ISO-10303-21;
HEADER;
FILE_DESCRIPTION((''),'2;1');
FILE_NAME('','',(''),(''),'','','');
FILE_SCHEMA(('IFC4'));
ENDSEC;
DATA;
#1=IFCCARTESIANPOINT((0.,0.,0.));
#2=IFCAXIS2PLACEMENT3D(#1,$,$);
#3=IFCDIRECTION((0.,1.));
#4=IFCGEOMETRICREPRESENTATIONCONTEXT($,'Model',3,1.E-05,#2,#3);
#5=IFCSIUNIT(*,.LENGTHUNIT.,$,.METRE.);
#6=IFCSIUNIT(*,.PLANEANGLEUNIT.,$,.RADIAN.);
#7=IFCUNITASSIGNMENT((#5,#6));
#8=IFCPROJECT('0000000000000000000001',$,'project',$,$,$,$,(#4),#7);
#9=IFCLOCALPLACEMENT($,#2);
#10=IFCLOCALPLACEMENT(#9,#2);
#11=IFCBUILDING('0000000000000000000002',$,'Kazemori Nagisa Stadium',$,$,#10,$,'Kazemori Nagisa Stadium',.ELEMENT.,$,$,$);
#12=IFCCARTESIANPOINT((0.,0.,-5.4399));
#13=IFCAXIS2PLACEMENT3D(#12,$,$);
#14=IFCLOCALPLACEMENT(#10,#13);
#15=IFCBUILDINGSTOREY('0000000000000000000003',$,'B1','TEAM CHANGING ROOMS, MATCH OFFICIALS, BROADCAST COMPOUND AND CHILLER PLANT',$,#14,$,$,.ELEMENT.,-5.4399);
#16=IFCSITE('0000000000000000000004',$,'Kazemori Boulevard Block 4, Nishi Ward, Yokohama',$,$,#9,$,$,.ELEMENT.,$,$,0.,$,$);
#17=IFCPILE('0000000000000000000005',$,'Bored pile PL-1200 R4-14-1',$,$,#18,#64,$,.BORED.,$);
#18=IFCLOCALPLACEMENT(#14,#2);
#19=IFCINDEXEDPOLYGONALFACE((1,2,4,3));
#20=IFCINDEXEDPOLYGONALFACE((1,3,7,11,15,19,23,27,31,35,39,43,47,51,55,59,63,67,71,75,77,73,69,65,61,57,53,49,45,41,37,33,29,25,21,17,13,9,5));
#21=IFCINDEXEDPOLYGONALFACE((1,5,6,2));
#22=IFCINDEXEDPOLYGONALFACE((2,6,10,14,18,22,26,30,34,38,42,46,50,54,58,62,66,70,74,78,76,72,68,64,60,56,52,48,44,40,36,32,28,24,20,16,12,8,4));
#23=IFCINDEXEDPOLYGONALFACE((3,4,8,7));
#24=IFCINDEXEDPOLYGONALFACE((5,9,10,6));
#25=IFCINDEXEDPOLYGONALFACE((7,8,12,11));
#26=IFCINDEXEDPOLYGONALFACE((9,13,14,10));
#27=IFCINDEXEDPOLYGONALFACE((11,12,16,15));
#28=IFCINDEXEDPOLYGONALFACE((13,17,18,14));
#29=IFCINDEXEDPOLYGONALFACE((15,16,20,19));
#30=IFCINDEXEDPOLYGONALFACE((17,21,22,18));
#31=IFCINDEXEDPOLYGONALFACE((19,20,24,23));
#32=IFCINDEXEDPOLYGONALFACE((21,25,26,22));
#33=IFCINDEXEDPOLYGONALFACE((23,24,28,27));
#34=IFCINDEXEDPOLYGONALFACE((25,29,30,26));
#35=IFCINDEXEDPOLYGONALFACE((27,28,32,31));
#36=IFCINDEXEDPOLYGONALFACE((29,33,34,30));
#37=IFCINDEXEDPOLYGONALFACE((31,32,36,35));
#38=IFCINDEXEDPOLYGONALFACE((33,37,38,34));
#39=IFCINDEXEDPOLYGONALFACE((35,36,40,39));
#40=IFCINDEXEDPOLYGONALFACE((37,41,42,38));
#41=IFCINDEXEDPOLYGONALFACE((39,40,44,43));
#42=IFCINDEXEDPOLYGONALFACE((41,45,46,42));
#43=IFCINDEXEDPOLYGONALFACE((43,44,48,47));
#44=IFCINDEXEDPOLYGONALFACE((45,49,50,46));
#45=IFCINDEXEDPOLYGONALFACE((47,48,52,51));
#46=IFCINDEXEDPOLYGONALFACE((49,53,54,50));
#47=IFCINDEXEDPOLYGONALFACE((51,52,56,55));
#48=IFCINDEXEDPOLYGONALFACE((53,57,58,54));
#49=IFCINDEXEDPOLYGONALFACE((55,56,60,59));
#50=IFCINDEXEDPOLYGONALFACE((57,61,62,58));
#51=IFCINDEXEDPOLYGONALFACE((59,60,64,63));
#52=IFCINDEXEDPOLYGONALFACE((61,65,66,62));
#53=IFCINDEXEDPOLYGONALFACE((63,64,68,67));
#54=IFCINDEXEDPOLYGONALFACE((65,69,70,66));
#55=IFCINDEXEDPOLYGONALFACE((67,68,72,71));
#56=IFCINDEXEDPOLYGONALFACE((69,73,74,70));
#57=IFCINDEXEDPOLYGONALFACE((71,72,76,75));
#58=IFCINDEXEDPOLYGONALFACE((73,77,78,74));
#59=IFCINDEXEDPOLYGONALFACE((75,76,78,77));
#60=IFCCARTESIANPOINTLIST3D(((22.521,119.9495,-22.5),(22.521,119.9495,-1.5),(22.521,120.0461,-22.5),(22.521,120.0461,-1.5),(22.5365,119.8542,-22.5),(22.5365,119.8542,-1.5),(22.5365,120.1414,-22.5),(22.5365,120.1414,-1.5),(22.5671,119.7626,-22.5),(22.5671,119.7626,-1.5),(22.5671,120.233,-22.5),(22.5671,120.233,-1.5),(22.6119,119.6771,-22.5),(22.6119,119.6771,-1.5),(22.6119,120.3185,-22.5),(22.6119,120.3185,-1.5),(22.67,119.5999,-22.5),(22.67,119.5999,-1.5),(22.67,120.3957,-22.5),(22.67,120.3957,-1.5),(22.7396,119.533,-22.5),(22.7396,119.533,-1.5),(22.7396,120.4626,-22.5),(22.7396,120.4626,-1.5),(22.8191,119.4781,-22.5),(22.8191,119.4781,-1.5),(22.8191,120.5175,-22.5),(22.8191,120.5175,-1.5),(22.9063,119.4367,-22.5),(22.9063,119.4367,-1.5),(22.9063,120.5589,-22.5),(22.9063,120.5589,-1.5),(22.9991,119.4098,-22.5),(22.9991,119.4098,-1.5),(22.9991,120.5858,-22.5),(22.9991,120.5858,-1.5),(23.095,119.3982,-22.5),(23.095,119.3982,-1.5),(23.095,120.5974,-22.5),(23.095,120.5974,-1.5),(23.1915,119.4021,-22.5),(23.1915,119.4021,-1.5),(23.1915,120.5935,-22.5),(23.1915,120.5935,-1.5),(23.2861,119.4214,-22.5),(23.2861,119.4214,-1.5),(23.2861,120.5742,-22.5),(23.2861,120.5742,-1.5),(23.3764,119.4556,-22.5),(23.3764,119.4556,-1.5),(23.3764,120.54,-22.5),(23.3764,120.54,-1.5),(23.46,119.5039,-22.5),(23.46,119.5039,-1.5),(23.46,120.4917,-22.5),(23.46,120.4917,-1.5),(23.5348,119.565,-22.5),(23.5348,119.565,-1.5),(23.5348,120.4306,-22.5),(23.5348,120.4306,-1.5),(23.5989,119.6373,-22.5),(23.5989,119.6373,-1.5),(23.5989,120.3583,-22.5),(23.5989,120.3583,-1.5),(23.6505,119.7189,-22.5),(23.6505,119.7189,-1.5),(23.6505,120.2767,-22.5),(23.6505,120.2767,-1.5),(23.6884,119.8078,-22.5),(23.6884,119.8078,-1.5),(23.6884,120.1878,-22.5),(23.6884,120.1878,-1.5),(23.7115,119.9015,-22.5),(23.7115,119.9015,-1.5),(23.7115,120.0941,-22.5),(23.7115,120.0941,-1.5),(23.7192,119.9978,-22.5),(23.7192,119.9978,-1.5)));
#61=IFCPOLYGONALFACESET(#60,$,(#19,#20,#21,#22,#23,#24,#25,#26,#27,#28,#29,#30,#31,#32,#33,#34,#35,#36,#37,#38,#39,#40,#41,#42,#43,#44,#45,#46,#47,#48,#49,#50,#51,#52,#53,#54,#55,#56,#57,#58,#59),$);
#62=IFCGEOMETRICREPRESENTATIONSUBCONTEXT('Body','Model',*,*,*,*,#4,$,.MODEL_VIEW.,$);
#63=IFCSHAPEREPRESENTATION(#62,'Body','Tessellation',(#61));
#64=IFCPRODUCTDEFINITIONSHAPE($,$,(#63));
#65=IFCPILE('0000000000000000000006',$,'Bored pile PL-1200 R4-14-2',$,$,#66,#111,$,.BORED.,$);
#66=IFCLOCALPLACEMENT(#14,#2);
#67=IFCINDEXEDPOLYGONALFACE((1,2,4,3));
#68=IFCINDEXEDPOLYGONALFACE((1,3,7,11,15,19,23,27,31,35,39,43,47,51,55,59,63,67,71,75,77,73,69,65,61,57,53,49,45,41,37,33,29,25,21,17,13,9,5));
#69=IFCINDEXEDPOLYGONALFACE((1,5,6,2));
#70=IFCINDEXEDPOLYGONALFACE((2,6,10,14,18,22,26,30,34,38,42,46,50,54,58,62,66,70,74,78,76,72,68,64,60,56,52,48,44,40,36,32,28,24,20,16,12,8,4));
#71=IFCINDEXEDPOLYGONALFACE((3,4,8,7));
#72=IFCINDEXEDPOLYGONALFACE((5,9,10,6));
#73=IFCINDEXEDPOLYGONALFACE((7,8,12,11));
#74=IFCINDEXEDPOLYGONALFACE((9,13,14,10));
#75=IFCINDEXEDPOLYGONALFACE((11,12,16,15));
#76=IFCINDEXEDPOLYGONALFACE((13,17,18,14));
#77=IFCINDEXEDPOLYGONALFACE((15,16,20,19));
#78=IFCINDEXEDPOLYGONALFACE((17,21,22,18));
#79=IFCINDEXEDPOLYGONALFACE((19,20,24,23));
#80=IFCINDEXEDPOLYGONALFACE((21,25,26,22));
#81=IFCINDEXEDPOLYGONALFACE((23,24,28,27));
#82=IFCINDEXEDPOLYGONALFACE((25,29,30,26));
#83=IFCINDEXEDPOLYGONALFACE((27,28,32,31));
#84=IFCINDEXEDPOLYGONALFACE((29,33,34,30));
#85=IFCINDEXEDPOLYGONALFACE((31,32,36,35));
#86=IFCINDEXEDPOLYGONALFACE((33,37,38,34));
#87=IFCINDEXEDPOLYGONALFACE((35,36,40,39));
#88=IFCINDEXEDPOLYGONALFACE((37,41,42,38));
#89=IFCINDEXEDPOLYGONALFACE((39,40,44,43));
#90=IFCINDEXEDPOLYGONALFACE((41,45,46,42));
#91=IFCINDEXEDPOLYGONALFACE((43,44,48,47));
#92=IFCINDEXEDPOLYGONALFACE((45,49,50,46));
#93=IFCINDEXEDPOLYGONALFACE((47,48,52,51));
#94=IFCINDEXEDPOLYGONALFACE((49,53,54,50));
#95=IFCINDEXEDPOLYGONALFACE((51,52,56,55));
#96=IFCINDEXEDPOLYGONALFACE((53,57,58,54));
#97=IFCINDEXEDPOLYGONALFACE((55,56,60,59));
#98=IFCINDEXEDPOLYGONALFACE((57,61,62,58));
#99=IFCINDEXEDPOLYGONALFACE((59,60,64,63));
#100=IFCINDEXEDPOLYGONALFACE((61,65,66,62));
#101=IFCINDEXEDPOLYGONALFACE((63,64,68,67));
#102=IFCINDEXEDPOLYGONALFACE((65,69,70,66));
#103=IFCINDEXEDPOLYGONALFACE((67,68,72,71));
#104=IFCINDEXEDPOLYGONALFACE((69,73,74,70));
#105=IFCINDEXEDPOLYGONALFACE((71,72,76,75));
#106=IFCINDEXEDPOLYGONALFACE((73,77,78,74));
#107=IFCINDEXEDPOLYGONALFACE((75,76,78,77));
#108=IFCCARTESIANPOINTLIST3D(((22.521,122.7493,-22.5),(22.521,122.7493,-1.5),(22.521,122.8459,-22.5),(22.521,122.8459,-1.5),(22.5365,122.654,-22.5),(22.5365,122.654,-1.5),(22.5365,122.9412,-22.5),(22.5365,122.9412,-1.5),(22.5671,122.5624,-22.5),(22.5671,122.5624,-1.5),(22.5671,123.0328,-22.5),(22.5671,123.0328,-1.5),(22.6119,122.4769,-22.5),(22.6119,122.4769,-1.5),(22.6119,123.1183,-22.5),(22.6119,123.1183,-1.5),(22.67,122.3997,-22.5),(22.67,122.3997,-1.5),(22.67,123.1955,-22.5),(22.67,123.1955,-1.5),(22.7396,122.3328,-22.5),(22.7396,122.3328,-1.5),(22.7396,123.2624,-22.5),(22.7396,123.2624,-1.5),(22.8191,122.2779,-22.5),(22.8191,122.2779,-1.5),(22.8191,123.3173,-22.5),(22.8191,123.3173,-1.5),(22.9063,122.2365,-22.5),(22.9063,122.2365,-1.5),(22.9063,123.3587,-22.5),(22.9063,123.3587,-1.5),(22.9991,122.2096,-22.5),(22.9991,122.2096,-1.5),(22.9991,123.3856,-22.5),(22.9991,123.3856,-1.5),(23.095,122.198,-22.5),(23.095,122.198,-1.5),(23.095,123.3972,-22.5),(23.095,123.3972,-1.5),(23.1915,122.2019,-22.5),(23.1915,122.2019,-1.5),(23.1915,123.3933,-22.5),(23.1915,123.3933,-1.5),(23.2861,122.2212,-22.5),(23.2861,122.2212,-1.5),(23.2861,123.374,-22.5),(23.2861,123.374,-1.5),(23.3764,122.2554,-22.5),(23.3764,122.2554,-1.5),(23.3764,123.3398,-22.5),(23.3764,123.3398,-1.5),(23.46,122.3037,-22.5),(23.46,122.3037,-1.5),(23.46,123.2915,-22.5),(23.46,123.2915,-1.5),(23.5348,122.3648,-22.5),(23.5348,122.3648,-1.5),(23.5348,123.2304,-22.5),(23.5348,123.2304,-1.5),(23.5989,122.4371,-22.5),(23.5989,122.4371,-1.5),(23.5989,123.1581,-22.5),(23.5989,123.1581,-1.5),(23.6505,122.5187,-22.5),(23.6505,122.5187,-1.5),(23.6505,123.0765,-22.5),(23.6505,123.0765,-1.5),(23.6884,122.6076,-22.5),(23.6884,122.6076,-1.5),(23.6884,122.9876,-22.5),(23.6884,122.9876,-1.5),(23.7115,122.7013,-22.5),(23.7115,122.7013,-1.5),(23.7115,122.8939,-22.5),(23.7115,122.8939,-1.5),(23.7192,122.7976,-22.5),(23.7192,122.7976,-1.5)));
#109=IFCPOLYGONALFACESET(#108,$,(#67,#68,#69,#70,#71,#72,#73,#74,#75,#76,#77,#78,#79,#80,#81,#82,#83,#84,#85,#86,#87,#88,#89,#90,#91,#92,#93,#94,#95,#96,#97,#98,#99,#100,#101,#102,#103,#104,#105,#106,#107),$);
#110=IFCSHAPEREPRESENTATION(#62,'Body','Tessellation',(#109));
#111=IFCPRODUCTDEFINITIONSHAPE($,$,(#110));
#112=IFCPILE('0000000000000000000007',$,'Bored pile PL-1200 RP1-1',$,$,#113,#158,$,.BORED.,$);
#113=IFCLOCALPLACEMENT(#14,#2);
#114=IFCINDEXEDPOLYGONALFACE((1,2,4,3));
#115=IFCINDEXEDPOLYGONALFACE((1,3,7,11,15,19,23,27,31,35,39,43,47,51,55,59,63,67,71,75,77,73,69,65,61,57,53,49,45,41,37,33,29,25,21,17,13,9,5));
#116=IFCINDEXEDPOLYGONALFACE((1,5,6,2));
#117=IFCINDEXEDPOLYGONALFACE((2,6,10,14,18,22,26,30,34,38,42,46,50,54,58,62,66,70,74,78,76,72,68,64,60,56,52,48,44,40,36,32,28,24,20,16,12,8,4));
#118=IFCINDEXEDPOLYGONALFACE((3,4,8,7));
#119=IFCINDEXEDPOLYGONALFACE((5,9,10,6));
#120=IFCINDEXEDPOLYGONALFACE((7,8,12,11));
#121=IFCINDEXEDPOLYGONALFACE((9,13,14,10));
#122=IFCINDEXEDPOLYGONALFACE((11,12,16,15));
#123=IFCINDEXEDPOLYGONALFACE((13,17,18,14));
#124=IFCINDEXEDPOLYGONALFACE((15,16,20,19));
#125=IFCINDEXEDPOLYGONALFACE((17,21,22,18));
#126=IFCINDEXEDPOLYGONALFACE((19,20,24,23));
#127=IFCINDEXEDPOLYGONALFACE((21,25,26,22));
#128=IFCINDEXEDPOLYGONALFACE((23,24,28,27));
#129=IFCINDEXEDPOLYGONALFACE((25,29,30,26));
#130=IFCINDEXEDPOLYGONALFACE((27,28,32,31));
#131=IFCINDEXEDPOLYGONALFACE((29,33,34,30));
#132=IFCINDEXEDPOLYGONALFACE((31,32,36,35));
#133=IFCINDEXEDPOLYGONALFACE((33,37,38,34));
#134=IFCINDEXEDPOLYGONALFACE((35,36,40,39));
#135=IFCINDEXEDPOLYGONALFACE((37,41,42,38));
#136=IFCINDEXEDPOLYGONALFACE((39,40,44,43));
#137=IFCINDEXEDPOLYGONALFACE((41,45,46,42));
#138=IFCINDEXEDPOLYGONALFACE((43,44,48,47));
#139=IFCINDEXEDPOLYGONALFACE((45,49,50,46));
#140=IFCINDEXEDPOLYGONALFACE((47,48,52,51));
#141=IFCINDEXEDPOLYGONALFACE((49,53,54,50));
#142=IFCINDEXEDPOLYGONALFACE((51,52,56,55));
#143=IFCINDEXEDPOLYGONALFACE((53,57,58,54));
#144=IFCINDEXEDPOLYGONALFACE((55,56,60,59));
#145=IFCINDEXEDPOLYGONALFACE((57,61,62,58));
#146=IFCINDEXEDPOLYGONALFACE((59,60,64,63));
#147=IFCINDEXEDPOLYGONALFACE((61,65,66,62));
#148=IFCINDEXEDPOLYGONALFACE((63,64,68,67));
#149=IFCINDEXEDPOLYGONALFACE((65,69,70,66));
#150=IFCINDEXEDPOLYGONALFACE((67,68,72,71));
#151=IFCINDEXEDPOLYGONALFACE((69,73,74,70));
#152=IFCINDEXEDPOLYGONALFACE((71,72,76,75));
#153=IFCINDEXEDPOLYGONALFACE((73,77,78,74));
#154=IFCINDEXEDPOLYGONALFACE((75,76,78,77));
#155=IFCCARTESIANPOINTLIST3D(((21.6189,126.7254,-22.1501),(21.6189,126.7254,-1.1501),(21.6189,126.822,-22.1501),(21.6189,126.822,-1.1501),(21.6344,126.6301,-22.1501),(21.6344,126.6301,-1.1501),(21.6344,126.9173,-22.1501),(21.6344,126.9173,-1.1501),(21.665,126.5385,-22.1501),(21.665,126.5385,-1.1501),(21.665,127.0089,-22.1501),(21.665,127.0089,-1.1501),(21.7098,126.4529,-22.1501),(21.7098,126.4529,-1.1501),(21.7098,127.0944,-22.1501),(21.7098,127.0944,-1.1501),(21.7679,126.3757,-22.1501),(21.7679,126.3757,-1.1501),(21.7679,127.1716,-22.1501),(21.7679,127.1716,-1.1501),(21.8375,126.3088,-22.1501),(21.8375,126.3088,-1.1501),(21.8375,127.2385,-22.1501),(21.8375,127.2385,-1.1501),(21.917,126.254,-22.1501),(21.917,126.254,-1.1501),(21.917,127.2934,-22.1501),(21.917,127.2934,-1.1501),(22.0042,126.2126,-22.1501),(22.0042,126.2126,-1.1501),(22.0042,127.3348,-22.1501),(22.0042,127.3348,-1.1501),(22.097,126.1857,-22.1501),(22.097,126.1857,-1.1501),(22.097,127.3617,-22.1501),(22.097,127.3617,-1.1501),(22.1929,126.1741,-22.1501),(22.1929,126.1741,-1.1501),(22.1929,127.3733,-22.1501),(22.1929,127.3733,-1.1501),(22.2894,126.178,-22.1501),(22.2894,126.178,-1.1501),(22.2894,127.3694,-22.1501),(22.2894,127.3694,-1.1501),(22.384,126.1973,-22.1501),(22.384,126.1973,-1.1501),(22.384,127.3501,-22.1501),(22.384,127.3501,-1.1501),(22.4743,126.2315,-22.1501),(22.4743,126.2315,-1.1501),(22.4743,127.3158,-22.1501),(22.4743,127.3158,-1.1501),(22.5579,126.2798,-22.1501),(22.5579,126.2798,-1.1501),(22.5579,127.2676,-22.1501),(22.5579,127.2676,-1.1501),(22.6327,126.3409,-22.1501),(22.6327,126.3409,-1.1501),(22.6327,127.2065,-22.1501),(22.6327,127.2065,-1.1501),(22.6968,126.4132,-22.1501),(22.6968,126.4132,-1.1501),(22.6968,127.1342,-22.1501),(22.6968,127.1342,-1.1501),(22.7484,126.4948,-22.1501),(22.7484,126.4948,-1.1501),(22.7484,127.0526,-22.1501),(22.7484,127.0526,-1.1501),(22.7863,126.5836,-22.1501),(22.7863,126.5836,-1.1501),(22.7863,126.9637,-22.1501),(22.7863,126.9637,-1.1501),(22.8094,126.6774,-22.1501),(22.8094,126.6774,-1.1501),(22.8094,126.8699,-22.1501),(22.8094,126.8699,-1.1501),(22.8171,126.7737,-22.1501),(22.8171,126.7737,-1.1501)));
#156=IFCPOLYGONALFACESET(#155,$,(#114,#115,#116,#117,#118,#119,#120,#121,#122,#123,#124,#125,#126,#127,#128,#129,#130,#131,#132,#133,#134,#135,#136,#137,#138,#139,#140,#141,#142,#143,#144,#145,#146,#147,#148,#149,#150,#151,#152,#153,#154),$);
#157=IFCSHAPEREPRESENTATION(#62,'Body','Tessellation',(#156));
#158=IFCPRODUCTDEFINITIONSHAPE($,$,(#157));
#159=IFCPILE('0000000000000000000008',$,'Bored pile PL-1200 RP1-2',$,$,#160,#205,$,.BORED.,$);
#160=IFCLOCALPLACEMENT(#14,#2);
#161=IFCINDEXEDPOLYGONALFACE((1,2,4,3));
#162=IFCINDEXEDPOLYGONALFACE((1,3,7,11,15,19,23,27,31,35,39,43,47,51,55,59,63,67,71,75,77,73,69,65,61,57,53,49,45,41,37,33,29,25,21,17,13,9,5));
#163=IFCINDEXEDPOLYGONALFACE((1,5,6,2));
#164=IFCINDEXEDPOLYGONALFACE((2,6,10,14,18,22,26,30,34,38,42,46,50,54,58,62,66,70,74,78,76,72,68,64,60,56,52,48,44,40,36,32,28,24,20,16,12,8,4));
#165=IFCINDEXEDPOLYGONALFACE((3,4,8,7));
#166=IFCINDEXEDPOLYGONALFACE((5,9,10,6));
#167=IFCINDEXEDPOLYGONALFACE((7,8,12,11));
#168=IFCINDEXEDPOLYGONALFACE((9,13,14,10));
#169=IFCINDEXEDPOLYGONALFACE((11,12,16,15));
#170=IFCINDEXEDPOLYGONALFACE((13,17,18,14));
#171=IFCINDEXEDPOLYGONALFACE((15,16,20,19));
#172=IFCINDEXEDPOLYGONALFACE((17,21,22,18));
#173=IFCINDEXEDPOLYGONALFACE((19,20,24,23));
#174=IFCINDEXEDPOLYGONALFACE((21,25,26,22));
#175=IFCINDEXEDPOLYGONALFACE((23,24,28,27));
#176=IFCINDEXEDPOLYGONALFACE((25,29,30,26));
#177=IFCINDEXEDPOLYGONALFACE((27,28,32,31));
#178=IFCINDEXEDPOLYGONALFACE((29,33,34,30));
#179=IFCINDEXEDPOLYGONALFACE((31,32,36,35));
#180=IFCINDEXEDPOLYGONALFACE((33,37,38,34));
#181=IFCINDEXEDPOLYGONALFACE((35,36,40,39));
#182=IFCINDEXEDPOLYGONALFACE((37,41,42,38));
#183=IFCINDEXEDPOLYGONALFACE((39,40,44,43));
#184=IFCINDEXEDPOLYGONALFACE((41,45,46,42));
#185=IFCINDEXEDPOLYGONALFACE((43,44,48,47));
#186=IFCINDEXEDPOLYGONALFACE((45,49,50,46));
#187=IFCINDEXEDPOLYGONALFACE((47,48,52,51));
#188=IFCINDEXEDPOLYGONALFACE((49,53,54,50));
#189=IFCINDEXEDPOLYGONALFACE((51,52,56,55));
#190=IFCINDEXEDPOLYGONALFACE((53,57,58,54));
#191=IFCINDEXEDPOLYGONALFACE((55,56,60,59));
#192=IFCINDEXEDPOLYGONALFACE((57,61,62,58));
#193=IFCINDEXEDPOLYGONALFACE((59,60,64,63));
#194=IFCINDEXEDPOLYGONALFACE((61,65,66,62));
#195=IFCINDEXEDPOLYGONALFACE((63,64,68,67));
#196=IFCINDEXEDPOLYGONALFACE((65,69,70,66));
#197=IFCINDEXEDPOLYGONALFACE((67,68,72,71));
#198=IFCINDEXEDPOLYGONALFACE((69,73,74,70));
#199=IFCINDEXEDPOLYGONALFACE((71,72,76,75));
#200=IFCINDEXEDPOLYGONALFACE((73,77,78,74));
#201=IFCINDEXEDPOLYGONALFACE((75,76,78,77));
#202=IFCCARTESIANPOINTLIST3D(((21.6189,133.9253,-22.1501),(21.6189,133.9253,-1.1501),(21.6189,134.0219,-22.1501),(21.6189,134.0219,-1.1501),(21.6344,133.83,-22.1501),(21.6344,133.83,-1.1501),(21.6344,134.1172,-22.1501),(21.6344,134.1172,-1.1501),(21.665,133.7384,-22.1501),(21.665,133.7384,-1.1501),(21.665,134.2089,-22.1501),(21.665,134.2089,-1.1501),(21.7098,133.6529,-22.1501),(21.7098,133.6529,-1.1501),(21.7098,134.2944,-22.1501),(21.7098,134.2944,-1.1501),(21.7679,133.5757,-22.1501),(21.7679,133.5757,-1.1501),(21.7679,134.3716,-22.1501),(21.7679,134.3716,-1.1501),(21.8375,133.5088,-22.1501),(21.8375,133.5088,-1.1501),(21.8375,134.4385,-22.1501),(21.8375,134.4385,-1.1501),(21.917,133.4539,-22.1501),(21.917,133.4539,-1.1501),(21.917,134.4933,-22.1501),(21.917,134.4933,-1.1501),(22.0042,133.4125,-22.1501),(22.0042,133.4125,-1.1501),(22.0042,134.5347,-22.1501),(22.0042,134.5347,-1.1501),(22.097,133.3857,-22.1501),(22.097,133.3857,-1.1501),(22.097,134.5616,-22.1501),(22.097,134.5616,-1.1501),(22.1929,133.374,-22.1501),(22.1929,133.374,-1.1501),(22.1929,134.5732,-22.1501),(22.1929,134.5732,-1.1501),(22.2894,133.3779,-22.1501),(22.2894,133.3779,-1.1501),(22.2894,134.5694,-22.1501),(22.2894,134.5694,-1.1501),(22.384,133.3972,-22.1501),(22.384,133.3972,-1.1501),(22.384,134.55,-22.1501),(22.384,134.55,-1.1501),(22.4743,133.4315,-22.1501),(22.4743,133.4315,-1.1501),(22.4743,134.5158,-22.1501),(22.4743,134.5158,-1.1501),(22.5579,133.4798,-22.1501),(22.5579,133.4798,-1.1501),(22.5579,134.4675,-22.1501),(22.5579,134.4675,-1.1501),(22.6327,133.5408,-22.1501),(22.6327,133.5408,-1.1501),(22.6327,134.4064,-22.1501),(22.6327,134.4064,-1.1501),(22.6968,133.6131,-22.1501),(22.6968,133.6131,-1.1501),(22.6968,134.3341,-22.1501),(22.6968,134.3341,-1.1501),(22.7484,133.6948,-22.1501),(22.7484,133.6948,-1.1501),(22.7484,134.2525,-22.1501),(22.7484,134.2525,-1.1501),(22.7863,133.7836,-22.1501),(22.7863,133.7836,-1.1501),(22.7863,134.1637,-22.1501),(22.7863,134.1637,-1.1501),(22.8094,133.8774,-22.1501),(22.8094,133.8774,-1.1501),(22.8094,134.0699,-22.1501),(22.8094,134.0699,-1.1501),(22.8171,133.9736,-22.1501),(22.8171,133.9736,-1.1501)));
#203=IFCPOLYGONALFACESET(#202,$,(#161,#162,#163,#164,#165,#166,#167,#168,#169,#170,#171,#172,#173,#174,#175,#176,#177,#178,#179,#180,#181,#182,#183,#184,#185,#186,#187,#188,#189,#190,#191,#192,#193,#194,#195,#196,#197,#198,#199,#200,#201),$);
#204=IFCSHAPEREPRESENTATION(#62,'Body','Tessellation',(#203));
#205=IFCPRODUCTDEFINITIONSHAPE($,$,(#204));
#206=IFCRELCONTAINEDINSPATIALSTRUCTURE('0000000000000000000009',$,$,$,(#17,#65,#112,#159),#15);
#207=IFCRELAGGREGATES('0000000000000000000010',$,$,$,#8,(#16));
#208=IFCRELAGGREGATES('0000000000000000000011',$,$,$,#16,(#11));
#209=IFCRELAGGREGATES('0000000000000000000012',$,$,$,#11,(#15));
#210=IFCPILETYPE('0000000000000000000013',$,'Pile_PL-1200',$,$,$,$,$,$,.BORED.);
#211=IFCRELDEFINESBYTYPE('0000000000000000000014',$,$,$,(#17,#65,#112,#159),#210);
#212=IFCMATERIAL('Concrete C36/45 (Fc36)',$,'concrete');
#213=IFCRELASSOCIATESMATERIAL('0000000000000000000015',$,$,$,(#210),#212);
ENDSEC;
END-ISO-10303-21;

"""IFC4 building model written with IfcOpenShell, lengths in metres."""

from ifc_helpers import new_model, si_unit, direction, frame, origin, origin_2d, place, context, subcontext, project, spatial, circle, extrude, material, material_profile, profile_set, type_object, element, save


model = new_model("IFC4")

# Units and contexts
model_context = context("Model", 3, precision=1e-05, world=origin(), true_north=direction((0.0, 1.0)))
body_context = subcontext(model_context, "Body", "Model", "MODEL_VIEW")
ifc_project = project(units=[si_unit("LENGTHUNIT", "METRE"), si_unit("PLANEANGLEUNIT", "RADIAN")], contexts=[model_context])

# Site, building, storey
site_placement = place(None, origin())
site = spatial("IfcSite", under=ifc_project, at=site_placement, Name="Kazemori Boulevard Block 4, Nishi Ward, Yokohama", CompositionType="ELEMENT", RefElevation=0.0)
building_placement = place(site_placement, origin())
building = spatial("IfcBuilding", under=site, at=building_placement, Name="Kazemori Nagisa Stadium", LongName="Kazemori Nagisa Stadium", CompositionType="ELEMENT")
storey_placement = place(building_placement, frame((0.0, 0.0, -5.4399)))
storey = spatial("IfcBuildingStorey", under=building, at=storey_placement, Name="B1", Description="TEAM CHANGING ROOMS, MATCH OFFICIALS, BROADCAST COMPOUND AND CHILLER PLANT", CompositionType="ELEMENT", Elevation=-5.4399)

# Piles
ifc_material_1 = material(Name="Concrete C36/45 (Fc36)", Category="concrete")
ifc_material_profile_1 = material_profile(ifc_material_1, circle(Radius=0.6001, at=origin_2d()), Name="PILE-D1200")
ifc_profile_set_1 = profile_set([ifc_material_profile_1], Name="Concrete C36/45 (Fc36)")
pile_type_1 = type_object("IfcPileType", Name="Pile_PL-1200", PredefinedType="BORED", material=ifc_profile_set_1)
for number, where, z_axis, x_axis, name in (
    (1, (23.1191, 119.9978, -1.5), (0.0, 0.0, -1.0), (1.0, 0.0, 0.0), "Bored pile PL-1200 R4-14-1"),
    (2, (23.1191, 122.7976, -1.5), (0.0, 0.0, -1.0), (1.0, 0.0, 0.0), "Bored pile PL-1200 R4-14-2"),
    (3, (22.217, 126.7737, -1.1501), (0.0, 0.0, -1.0), (1.0, 0.0, 0.0), "Bored pile PL-1200 RP1-1"),
    (4, (22.217, 133.9736, -1.1501), (0.0, 0.0, -1.0), (1.0, 0.0, 0.0), "Bored pile PL-1200 RP1-2"),
):
    element("IfcPile", number, at=place(storey_placement, frame(where, z_axis=z_axis, x_axis=x_axis)), inside=storey, type_object=pile_type_1, Name=name, PredefinedType="BORED", context=body_context, shape_type="SweptSolid", body=[
        extrude(circle(Radius=0.6001, at=origin_2d()), origin(), (0.0, 0.0, 1.0), 21.0),
    ])

save(model, "model.ifc")
